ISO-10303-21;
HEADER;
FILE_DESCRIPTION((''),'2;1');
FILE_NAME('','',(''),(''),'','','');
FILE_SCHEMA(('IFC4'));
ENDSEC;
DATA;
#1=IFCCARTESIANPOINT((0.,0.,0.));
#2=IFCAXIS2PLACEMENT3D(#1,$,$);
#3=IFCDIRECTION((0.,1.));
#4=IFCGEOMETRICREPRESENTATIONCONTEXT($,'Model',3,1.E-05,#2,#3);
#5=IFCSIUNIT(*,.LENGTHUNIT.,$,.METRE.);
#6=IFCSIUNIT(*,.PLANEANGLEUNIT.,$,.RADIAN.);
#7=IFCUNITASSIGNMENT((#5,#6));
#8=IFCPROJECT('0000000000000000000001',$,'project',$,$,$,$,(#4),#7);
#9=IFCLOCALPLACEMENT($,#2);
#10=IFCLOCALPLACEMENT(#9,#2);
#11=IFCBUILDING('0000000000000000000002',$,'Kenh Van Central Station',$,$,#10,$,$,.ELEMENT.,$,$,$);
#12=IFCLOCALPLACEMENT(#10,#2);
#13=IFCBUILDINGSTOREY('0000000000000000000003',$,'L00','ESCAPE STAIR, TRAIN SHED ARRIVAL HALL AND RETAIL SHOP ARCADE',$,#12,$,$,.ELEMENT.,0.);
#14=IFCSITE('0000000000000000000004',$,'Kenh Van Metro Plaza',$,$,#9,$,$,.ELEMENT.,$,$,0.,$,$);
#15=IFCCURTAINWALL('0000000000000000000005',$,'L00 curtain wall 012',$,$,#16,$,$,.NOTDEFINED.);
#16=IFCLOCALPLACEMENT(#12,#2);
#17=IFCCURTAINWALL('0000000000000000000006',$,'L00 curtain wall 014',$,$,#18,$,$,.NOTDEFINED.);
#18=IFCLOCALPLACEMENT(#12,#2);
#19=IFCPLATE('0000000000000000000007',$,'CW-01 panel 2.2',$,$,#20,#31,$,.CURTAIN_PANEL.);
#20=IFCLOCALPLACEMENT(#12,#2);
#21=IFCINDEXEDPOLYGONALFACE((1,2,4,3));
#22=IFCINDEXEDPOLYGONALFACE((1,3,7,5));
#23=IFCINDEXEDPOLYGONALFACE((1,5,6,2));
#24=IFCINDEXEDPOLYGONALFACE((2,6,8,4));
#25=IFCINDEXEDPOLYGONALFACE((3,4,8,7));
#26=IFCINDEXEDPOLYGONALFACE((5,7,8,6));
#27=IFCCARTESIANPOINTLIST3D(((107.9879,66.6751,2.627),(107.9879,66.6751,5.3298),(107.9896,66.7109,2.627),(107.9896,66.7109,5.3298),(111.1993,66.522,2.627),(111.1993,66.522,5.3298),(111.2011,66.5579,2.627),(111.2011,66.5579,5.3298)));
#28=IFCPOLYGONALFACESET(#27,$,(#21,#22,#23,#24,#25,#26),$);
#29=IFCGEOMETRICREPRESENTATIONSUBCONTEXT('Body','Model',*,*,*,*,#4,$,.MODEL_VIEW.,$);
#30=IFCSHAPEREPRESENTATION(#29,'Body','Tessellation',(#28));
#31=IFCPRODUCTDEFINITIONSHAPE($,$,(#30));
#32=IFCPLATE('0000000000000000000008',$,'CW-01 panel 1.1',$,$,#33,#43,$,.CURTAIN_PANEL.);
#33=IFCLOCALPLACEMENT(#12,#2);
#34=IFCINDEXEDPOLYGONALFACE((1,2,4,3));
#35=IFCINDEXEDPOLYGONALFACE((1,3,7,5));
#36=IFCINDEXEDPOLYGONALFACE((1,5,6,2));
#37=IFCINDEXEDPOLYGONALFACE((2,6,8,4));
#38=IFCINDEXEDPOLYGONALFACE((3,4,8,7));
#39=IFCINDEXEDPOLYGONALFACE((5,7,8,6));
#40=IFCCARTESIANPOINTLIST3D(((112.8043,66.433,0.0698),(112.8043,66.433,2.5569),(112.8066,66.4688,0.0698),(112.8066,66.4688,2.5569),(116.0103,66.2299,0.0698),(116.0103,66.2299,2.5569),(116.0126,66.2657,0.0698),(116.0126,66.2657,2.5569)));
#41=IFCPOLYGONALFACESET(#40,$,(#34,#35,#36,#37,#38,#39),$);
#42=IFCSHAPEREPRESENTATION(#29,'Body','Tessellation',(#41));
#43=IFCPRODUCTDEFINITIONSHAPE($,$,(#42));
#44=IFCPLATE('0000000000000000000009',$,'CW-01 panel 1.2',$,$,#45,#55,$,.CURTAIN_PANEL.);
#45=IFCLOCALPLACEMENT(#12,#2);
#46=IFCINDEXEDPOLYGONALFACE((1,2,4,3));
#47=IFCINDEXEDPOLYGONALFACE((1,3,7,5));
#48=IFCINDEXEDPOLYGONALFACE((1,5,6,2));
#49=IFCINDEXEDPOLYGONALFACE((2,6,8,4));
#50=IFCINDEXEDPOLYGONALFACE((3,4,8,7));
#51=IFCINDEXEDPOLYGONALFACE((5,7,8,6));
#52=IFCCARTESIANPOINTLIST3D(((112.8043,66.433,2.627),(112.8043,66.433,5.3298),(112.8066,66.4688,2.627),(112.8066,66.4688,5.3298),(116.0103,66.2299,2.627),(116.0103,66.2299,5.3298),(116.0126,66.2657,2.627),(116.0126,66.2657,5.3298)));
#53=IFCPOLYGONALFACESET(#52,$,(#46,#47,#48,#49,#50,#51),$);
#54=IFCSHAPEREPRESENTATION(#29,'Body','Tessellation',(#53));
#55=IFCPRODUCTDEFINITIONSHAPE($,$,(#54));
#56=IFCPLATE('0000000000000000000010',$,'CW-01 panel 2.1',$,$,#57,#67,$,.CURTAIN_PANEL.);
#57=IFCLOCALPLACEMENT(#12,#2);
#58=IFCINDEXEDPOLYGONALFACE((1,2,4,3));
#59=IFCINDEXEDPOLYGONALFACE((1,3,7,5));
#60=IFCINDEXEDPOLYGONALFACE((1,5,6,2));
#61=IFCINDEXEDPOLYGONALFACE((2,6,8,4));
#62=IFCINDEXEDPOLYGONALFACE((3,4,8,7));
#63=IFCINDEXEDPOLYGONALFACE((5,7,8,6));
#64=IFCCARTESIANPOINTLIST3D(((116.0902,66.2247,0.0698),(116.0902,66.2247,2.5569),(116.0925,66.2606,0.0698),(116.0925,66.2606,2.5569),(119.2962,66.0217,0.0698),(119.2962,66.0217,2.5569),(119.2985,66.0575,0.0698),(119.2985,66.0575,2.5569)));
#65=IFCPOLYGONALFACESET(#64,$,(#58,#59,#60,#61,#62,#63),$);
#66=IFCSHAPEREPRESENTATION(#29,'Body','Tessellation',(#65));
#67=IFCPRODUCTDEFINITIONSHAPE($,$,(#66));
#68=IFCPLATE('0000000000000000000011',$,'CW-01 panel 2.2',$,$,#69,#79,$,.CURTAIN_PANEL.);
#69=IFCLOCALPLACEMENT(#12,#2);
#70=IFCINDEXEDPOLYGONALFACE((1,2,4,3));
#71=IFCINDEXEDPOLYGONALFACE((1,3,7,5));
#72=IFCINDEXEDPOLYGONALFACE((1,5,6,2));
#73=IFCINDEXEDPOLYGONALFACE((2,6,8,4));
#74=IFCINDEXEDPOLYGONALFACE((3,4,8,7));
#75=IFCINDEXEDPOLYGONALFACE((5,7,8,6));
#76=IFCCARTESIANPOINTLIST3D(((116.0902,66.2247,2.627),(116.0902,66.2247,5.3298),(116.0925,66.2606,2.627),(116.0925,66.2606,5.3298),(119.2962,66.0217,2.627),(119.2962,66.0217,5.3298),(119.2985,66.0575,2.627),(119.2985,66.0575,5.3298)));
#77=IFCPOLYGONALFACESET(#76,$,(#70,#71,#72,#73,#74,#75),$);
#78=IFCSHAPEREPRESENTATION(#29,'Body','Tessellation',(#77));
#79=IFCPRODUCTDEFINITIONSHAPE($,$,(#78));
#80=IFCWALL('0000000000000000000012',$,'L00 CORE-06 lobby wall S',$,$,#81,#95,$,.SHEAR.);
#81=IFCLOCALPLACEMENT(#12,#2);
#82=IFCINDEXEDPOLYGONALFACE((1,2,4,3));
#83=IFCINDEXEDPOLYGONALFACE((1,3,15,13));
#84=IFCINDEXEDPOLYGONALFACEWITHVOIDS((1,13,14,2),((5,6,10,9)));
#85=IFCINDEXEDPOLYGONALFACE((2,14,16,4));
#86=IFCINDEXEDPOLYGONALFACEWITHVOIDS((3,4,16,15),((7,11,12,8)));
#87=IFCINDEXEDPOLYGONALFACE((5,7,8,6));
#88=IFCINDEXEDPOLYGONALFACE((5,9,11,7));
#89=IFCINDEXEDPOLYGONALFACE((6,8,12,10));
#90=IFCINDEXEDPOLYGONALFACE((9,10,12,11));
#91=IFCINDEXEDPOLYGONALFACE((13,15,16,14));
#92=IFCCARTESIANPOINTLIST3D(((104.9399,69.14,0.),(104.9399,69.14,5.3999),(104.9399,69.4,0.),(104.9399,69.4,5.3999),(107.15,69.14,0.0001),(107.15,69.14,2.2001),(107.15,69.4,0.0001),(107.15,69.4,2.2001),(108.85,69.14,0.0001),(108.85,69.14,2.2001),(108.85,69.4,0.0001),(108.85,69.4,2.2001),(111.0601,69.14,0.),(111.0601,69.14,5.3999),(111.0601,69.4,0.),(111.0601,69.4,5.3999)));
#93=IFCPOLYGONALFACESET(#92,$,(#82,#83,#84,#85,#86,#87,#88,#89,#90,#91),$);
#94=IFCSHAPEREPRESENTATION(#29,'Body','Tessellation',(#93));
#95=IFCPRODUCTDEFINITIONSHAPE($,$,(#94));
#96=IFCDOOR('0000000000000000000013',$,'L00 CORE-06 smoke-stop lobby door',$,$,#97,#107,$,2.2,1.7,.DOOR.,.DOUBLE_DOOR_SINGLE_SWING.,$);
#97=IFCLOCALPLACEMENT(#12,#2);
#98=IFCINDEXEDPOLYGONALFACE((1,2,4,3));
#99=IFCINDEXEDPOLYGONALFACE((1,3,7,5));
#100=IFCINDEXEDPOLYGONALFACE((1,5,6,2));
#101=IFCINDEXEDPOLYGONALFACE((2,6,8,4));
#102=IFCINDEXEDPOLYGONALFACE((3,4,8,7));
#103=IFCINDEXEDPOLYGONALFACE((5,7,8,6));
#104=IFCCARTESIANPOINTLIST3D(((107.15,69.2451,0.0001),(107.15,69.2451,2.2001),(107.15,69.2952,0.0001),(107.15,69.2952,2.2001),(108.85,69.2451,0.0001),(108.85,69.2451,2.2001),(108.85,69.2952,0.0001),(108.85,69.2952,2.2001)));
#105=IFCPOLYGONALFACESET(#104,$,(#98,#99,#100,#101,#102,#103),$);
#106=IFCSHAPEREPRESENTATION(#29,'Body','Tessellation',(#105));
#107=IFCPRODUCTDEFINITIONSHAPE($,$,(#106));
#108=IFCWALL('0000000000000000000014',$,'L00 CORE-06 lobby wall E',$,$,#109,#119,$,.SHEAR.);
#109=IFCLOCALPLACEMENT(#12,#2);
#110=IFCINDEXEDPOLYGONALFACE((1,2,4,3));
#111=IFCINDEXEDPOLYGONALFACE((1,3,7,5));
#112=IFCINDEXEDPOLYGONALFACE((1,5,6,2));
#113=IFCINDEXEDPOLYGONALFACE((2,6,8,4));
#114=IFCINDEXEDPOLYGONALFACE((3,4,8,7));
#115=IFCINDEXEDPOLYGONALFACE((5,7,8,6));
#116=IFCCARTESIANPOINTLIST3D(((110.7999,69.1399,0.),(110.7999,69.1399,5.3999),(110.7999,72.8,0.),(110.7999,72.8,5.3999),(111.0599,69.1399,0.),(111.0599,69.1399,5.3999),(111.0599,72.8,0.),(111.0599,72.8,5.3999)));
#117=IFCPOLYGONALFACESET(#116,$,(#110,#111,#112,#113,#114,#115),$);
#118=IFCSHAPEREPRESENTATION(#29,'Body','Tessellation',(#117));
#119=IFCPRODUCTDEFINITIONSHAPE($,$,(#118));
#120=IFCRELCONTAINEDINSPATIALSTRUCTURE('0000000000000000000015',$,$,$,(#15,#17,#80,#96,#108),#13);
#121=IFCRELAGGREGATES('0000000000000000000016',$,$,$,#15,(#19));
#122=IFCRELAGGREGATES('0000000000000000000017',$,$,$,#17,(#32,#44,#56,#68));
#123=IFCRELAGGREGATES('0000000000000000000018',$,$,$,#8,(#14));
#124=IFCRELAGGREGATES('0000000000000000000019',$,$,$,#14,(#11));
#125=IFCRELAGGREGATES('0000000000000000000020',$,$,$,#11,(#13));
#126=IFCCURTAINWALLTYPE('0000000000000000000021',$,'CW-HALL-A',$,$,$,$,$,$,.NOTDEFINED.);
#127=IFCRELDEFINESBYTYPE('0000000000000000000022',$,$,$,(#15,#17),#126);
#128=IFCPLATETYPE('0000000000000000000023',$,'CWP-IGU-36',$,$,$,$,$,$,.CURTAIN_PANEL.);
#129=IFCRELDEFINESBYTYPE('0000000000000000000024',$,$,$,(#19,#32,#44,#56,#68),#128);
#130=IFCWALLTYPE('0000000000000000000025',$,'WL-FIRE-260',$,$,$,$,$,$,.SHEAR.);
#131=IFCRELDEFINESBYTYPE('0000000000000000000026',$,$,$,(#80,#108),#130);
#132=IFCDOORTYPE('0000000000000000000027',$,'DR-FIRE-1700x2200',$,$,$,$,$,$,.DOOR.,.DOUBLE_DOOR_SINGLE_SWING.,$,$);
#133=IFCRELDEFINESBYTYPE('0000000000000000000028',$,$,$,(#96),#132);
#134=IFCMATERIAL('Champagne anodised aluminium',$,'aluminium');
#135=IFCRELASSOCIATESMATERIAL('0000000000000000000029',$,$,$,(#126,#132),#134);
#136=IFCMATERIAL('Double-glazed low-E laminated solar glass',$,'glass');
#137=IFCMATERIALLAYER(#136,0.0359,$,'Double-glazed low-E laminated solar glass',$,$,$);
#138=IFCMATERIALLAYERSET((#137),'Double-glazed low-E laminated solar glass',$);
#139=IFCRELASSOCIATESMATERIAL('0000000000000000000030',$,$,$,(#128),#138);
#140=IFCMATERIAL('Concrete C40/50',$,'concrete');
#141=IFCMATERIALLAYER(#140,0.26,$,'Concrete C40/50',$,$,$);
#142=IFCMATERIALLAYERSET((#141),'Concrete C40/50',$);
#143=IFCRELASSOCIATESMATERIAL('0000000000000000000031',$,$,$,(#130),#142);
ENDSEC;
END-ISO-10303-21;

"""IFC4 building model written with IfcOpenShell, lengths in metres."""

from ifc_helpers import new_model, si_unit, direction, frame, frame_2d, origin, origin_2d, place, context, subcontext, project, spatial, rectangle, extrude, material, layer, layer_set, type_object, element, fill, aggregate, save


model = new_model("IFC4")

# Units and contexts
model_context = context("Model", 3, precision=1e-05, world=origin(), true_north=direction((0.0, 1.0)))
body_context = subcontext(model_context, "Body", "Model", "MODEL_VIEW")
ifc_project = project(units=[si_unit("LENGTHUNIT", "METRE"), si_unit("PLANEANGLEUNIT", "RADIAN")], contexts=[model_context])

# Site, building, storey
site_placement = place(None, origin())
site = spatial("IfcSite", under=ifc_project, at=site_placement, Name="Kenh Van Metro Plaza", CompositionType="ELEMENT", RefElevation=0.0)
building_placement = place(site_placement, origin())
building = spatial("IfcBuilding", under=site, at=building_placement, Name="Kenh Van Central Station", CompositionType="ELEMENT")
storey_placement = place(building_placement, origin())
storey = spatial("IfcBuildingStorey", under=building, at=storey_placement, Name="L00", Description="ESCAPE STAIR, TRAIN SHED ARRIVAL HALL AND RETAIL SHOP ARCADE", CompositionType="ELEMENT", Elevation=0.0)

# Shared definitions
ifc_material_1 = material(Name="Concrete C40/50", Category="concrete")

# Shared definitions
ifc_material_2 = material(Name="Champagne anodised aluminium", Category="aluminium")

# Curtain walls
curtain_wall_type_1 = type_object("IfcCurtainWallType", Name="CW-HALL-A", PredefinedType="NOTDEFINED", material=ifc_material_2)
curtain_wall_1_placement = place(storey_placement, origin())
curtain_wall_1 = element("IfcCurtainWall", 1, at=curtain_wall_1_placement, inside=storey, type_object=curtain_wall_type_1, Name="L00 curtain wall 012", PredefinedType="NOTDEFINED")
curtain_wall_2_placement = place(storey_placement, origin())
curtain_wall_2 = element("IfcCurtainWall", 2, at=curtain_wall_2_placement, inside=storey, type_object=curtain_wall_type_1, Name="L00 curtain wall 014", PredefinedType="NOTDEFINED")

# Plates
ifc_material_3 = material(Name="Double-glazed low-E laminated solar glass", Category="glass")
ifc_layer_1 = layer(ifc_material_3, 0.0359, Name="Double-glazed low-E laminated solar glass")
ifc_layer_set_1 = layer_set([ifc_layer_1], Name="Double-glazed low-E laminated solar glass")
plate_type_1 = type_object("IfcPlateType", Name="CWP-IGU-36", PredefinedType="CURTAIN_PANEL", material=ifc_layer_set_1)
plate_1_placement = place(storey_placement, frame((109.5945, 66.6165, 2.627), z_axis=(0.0, 0.0, 1.0), x_axis=(0.998866, -0.047601, 0.0)))
plate_1 = element("IfcPlate", 3, at=plate_1_placement, type_object=plate_type_1, Name="CW-01 panel 2.2", PredefinedType="CURTAIN_PANEL", context=body_context, shape_type="SweptSolid", body=[
    extrude(rectangle(XDim=3.2151, YDim=0.0359, at=origin_2d()), origin(), (0.0, 0.0, 1.0), 2.7029),
])
aggregate(curtain_wall_1, [plate_1])
plate_2_placement = place(storey_placement, frame((114.4084, 66.3494, 0.0698), z_axis=(0.0, 0.0, 1.0), x_axis=(0.998, -0.063211, 0.0)))
plate_2 = element("IfcPlate", 4, at=plate_2_placement, type_object=plate_type_1, Name="CW-01 panel 1.1", PredefinedType="CURTAIN_PANEL", context=body_context, shape_type="SweptSolid", body=[
    extrude(rectangle(XDim=3.2124, YDim=0.0359, at=origin_2d()), origin(), (0.0, 0.0, 1.0), 2.4871),
])
plate_3_placement = place(storey_placement, frame((114.4084, 66.3494, 2.627), z_axis=(0.0, 0.0, 1.0), x_axis=(0.998, -0.063211, 0.0)))
plate_3 = element("IfcPlate", 5, at=plate_3_placement, type_object=plate_type_1, Name="CW-01 panel 1.2", PredefinedType="CURTAIN_PANEL", context=body_context, shape_type="SweptSolid", body=[
    extrude(rectangle(XDim=3.2124, YDim=0.0359, at=origin_2d()), origin(), (0.0, 0.0, 1.0), 2.7029),
])
plate_4_placement = place(storey_placement, frame((117.6943, 66.1411, 0.0698), z_axis=(0.0, 0.0, 1.0), x_axis=(0.998, -0.063211, 0.0)))
plate_4 = element("IfcPlate", 6, at=plate_4_placement, type_object=plate_type_1, Name="CW-01 panel 2.1", PredefinedType="CURTAIN_PANEL", context=body_context, shape_type="SweptSolid", body=[
    extrude(rectangle(XDim=3.2124, YDim=0.0359, at=origin_2d()), origin(), (0.0, 0.0, 1.0), 2.4871),
])
plate_5_placement = place(storey_placement, frame((117.6943, 66.1411, 2.627), z_axis=(0.0, 0.0, 1.0), x_axis=(0.998, -0.063211, 0.0)))
plate_5 = element("IfcPlate", 7, at=plate_5_placement, type_object=plate_type_1, Name="CW-01 panel 2.2", PredefinedType="CURTAIN_PANEL", context=body_context, shape_type="SweptSolid", body=[
    extrude(rectangle(XDim=3.2124, YDim=0.0359, at=origin_2d()), origin(), (0.0, 0.0, 1.0), 2.7029),
])
aggregate(curtain_wall_2, [plate_2, plate_3, plate_4, plate_5])

# Wall, opening, door
ifc_layer_2 = layer(ifc_material_1, 0.26, Name="Concrete C40/50")
ifc_layer_set_2 = layer_set([ifc_layer_2], Name="Concrete C40/50")
wall_type = type_object("IfcWallType", Name="WL-FIRE-260", PredefinedType="SHEAR", material=ifc_layer_set_2)
wall_1_placement = place(storey_placement, frame((111.0601, 69.27, 0.0), z_axis=(0.0, 0.0, 1.0), x_axis=(-1.0, 0.0, 0.0)))
wall_1 = element("IfcWall", 8, at=wall_1_placement, inside=storey, type_object=wall_type, Name="L00 CORE-06 lobby wall S", PredefinedType="SHEAR", context=body_context, shape_type="SweptSolid", body=[
    extrude(rectangle(XDim=6.1201, YDim=0.26, at=frame_2d((3.0601, 0.0))), origin(), (0.0, 0.0, 1.0), 5.3999),
])
opening_placement = place(wall_1_placement, frame((2.21, 0.0, 0.0)))
opening = element("IfcOpeningElement", 9, at=opening_placement, cuts=wall_1, PredefinedType="OPENING", context=body_context, shape_type="SweptSolid", body=[
    extrude(rectangle(XDim=1.7, YDim=2.2, at=frame_2d((0.8501, 1.1001))), frame((0.0, 0.1399, 0.0), z_axis=(0.0, -1.0, 0.0), x_axis=(1.0, 0.0, 0.0)), (0.0, 0.0, 1.0), 0.28),
])
door_type = type_object("IfcDoorType", Name="DR-FIRE-1700x2200", OperationType="DOUBLE_DOOR_SINGLE_SWING", PredefinedType="DOOR", material=ifc_material_2)
door_placement = place(opening_placement, origin())
door = element("IfcDoor", 10, at=door_placement, inside=storey, type_object=door_type, Name="L00 CORE-06 smoke-stop lobby door", OperationType="DOUBLE_DOOR_SINGLE_SWING", OverallHeight=2.2, OverallWidth=1.7, PredefinedType="DOOR", context=body_context, shape_type="SweptSolid", body=[
    extrude(rectangle(XDim=1.7, YDim=2.2, at=frame_2d((0.8501, 1.1001))), frame((0.0, 0.0249, 0.0), z_axis=(0.0, -1.0, 0.0), x_axis=(1.0, 0.0, 0.0)), (0.0, 0.0, 1.0), 0.05),
])
fill(opening, door)

# Wall
wall_2_placement = place(storey_placement, frame((110.9299, 69.1399, 0.0), z_axis=(0.0, 0.0, 1.0), x_axis=(0.0, 1.0, 0.0)))
element("IfcWall", 11, at=wall_2_placement, inside=storey, type_object=wall_type, Name="L00 CORE-06 lobby wall E", PredefinedType="SHEAR", context=body_context, shape_type="SweptSolid", body=[
    extrude(rectangle(XDim=3.6602, YDim=0.26, at=frame_2d((1.8301, 0.0))), origin(), (0.0, 0.0, 1.0), 5.3999),
])

save(model, "model.ifc")
